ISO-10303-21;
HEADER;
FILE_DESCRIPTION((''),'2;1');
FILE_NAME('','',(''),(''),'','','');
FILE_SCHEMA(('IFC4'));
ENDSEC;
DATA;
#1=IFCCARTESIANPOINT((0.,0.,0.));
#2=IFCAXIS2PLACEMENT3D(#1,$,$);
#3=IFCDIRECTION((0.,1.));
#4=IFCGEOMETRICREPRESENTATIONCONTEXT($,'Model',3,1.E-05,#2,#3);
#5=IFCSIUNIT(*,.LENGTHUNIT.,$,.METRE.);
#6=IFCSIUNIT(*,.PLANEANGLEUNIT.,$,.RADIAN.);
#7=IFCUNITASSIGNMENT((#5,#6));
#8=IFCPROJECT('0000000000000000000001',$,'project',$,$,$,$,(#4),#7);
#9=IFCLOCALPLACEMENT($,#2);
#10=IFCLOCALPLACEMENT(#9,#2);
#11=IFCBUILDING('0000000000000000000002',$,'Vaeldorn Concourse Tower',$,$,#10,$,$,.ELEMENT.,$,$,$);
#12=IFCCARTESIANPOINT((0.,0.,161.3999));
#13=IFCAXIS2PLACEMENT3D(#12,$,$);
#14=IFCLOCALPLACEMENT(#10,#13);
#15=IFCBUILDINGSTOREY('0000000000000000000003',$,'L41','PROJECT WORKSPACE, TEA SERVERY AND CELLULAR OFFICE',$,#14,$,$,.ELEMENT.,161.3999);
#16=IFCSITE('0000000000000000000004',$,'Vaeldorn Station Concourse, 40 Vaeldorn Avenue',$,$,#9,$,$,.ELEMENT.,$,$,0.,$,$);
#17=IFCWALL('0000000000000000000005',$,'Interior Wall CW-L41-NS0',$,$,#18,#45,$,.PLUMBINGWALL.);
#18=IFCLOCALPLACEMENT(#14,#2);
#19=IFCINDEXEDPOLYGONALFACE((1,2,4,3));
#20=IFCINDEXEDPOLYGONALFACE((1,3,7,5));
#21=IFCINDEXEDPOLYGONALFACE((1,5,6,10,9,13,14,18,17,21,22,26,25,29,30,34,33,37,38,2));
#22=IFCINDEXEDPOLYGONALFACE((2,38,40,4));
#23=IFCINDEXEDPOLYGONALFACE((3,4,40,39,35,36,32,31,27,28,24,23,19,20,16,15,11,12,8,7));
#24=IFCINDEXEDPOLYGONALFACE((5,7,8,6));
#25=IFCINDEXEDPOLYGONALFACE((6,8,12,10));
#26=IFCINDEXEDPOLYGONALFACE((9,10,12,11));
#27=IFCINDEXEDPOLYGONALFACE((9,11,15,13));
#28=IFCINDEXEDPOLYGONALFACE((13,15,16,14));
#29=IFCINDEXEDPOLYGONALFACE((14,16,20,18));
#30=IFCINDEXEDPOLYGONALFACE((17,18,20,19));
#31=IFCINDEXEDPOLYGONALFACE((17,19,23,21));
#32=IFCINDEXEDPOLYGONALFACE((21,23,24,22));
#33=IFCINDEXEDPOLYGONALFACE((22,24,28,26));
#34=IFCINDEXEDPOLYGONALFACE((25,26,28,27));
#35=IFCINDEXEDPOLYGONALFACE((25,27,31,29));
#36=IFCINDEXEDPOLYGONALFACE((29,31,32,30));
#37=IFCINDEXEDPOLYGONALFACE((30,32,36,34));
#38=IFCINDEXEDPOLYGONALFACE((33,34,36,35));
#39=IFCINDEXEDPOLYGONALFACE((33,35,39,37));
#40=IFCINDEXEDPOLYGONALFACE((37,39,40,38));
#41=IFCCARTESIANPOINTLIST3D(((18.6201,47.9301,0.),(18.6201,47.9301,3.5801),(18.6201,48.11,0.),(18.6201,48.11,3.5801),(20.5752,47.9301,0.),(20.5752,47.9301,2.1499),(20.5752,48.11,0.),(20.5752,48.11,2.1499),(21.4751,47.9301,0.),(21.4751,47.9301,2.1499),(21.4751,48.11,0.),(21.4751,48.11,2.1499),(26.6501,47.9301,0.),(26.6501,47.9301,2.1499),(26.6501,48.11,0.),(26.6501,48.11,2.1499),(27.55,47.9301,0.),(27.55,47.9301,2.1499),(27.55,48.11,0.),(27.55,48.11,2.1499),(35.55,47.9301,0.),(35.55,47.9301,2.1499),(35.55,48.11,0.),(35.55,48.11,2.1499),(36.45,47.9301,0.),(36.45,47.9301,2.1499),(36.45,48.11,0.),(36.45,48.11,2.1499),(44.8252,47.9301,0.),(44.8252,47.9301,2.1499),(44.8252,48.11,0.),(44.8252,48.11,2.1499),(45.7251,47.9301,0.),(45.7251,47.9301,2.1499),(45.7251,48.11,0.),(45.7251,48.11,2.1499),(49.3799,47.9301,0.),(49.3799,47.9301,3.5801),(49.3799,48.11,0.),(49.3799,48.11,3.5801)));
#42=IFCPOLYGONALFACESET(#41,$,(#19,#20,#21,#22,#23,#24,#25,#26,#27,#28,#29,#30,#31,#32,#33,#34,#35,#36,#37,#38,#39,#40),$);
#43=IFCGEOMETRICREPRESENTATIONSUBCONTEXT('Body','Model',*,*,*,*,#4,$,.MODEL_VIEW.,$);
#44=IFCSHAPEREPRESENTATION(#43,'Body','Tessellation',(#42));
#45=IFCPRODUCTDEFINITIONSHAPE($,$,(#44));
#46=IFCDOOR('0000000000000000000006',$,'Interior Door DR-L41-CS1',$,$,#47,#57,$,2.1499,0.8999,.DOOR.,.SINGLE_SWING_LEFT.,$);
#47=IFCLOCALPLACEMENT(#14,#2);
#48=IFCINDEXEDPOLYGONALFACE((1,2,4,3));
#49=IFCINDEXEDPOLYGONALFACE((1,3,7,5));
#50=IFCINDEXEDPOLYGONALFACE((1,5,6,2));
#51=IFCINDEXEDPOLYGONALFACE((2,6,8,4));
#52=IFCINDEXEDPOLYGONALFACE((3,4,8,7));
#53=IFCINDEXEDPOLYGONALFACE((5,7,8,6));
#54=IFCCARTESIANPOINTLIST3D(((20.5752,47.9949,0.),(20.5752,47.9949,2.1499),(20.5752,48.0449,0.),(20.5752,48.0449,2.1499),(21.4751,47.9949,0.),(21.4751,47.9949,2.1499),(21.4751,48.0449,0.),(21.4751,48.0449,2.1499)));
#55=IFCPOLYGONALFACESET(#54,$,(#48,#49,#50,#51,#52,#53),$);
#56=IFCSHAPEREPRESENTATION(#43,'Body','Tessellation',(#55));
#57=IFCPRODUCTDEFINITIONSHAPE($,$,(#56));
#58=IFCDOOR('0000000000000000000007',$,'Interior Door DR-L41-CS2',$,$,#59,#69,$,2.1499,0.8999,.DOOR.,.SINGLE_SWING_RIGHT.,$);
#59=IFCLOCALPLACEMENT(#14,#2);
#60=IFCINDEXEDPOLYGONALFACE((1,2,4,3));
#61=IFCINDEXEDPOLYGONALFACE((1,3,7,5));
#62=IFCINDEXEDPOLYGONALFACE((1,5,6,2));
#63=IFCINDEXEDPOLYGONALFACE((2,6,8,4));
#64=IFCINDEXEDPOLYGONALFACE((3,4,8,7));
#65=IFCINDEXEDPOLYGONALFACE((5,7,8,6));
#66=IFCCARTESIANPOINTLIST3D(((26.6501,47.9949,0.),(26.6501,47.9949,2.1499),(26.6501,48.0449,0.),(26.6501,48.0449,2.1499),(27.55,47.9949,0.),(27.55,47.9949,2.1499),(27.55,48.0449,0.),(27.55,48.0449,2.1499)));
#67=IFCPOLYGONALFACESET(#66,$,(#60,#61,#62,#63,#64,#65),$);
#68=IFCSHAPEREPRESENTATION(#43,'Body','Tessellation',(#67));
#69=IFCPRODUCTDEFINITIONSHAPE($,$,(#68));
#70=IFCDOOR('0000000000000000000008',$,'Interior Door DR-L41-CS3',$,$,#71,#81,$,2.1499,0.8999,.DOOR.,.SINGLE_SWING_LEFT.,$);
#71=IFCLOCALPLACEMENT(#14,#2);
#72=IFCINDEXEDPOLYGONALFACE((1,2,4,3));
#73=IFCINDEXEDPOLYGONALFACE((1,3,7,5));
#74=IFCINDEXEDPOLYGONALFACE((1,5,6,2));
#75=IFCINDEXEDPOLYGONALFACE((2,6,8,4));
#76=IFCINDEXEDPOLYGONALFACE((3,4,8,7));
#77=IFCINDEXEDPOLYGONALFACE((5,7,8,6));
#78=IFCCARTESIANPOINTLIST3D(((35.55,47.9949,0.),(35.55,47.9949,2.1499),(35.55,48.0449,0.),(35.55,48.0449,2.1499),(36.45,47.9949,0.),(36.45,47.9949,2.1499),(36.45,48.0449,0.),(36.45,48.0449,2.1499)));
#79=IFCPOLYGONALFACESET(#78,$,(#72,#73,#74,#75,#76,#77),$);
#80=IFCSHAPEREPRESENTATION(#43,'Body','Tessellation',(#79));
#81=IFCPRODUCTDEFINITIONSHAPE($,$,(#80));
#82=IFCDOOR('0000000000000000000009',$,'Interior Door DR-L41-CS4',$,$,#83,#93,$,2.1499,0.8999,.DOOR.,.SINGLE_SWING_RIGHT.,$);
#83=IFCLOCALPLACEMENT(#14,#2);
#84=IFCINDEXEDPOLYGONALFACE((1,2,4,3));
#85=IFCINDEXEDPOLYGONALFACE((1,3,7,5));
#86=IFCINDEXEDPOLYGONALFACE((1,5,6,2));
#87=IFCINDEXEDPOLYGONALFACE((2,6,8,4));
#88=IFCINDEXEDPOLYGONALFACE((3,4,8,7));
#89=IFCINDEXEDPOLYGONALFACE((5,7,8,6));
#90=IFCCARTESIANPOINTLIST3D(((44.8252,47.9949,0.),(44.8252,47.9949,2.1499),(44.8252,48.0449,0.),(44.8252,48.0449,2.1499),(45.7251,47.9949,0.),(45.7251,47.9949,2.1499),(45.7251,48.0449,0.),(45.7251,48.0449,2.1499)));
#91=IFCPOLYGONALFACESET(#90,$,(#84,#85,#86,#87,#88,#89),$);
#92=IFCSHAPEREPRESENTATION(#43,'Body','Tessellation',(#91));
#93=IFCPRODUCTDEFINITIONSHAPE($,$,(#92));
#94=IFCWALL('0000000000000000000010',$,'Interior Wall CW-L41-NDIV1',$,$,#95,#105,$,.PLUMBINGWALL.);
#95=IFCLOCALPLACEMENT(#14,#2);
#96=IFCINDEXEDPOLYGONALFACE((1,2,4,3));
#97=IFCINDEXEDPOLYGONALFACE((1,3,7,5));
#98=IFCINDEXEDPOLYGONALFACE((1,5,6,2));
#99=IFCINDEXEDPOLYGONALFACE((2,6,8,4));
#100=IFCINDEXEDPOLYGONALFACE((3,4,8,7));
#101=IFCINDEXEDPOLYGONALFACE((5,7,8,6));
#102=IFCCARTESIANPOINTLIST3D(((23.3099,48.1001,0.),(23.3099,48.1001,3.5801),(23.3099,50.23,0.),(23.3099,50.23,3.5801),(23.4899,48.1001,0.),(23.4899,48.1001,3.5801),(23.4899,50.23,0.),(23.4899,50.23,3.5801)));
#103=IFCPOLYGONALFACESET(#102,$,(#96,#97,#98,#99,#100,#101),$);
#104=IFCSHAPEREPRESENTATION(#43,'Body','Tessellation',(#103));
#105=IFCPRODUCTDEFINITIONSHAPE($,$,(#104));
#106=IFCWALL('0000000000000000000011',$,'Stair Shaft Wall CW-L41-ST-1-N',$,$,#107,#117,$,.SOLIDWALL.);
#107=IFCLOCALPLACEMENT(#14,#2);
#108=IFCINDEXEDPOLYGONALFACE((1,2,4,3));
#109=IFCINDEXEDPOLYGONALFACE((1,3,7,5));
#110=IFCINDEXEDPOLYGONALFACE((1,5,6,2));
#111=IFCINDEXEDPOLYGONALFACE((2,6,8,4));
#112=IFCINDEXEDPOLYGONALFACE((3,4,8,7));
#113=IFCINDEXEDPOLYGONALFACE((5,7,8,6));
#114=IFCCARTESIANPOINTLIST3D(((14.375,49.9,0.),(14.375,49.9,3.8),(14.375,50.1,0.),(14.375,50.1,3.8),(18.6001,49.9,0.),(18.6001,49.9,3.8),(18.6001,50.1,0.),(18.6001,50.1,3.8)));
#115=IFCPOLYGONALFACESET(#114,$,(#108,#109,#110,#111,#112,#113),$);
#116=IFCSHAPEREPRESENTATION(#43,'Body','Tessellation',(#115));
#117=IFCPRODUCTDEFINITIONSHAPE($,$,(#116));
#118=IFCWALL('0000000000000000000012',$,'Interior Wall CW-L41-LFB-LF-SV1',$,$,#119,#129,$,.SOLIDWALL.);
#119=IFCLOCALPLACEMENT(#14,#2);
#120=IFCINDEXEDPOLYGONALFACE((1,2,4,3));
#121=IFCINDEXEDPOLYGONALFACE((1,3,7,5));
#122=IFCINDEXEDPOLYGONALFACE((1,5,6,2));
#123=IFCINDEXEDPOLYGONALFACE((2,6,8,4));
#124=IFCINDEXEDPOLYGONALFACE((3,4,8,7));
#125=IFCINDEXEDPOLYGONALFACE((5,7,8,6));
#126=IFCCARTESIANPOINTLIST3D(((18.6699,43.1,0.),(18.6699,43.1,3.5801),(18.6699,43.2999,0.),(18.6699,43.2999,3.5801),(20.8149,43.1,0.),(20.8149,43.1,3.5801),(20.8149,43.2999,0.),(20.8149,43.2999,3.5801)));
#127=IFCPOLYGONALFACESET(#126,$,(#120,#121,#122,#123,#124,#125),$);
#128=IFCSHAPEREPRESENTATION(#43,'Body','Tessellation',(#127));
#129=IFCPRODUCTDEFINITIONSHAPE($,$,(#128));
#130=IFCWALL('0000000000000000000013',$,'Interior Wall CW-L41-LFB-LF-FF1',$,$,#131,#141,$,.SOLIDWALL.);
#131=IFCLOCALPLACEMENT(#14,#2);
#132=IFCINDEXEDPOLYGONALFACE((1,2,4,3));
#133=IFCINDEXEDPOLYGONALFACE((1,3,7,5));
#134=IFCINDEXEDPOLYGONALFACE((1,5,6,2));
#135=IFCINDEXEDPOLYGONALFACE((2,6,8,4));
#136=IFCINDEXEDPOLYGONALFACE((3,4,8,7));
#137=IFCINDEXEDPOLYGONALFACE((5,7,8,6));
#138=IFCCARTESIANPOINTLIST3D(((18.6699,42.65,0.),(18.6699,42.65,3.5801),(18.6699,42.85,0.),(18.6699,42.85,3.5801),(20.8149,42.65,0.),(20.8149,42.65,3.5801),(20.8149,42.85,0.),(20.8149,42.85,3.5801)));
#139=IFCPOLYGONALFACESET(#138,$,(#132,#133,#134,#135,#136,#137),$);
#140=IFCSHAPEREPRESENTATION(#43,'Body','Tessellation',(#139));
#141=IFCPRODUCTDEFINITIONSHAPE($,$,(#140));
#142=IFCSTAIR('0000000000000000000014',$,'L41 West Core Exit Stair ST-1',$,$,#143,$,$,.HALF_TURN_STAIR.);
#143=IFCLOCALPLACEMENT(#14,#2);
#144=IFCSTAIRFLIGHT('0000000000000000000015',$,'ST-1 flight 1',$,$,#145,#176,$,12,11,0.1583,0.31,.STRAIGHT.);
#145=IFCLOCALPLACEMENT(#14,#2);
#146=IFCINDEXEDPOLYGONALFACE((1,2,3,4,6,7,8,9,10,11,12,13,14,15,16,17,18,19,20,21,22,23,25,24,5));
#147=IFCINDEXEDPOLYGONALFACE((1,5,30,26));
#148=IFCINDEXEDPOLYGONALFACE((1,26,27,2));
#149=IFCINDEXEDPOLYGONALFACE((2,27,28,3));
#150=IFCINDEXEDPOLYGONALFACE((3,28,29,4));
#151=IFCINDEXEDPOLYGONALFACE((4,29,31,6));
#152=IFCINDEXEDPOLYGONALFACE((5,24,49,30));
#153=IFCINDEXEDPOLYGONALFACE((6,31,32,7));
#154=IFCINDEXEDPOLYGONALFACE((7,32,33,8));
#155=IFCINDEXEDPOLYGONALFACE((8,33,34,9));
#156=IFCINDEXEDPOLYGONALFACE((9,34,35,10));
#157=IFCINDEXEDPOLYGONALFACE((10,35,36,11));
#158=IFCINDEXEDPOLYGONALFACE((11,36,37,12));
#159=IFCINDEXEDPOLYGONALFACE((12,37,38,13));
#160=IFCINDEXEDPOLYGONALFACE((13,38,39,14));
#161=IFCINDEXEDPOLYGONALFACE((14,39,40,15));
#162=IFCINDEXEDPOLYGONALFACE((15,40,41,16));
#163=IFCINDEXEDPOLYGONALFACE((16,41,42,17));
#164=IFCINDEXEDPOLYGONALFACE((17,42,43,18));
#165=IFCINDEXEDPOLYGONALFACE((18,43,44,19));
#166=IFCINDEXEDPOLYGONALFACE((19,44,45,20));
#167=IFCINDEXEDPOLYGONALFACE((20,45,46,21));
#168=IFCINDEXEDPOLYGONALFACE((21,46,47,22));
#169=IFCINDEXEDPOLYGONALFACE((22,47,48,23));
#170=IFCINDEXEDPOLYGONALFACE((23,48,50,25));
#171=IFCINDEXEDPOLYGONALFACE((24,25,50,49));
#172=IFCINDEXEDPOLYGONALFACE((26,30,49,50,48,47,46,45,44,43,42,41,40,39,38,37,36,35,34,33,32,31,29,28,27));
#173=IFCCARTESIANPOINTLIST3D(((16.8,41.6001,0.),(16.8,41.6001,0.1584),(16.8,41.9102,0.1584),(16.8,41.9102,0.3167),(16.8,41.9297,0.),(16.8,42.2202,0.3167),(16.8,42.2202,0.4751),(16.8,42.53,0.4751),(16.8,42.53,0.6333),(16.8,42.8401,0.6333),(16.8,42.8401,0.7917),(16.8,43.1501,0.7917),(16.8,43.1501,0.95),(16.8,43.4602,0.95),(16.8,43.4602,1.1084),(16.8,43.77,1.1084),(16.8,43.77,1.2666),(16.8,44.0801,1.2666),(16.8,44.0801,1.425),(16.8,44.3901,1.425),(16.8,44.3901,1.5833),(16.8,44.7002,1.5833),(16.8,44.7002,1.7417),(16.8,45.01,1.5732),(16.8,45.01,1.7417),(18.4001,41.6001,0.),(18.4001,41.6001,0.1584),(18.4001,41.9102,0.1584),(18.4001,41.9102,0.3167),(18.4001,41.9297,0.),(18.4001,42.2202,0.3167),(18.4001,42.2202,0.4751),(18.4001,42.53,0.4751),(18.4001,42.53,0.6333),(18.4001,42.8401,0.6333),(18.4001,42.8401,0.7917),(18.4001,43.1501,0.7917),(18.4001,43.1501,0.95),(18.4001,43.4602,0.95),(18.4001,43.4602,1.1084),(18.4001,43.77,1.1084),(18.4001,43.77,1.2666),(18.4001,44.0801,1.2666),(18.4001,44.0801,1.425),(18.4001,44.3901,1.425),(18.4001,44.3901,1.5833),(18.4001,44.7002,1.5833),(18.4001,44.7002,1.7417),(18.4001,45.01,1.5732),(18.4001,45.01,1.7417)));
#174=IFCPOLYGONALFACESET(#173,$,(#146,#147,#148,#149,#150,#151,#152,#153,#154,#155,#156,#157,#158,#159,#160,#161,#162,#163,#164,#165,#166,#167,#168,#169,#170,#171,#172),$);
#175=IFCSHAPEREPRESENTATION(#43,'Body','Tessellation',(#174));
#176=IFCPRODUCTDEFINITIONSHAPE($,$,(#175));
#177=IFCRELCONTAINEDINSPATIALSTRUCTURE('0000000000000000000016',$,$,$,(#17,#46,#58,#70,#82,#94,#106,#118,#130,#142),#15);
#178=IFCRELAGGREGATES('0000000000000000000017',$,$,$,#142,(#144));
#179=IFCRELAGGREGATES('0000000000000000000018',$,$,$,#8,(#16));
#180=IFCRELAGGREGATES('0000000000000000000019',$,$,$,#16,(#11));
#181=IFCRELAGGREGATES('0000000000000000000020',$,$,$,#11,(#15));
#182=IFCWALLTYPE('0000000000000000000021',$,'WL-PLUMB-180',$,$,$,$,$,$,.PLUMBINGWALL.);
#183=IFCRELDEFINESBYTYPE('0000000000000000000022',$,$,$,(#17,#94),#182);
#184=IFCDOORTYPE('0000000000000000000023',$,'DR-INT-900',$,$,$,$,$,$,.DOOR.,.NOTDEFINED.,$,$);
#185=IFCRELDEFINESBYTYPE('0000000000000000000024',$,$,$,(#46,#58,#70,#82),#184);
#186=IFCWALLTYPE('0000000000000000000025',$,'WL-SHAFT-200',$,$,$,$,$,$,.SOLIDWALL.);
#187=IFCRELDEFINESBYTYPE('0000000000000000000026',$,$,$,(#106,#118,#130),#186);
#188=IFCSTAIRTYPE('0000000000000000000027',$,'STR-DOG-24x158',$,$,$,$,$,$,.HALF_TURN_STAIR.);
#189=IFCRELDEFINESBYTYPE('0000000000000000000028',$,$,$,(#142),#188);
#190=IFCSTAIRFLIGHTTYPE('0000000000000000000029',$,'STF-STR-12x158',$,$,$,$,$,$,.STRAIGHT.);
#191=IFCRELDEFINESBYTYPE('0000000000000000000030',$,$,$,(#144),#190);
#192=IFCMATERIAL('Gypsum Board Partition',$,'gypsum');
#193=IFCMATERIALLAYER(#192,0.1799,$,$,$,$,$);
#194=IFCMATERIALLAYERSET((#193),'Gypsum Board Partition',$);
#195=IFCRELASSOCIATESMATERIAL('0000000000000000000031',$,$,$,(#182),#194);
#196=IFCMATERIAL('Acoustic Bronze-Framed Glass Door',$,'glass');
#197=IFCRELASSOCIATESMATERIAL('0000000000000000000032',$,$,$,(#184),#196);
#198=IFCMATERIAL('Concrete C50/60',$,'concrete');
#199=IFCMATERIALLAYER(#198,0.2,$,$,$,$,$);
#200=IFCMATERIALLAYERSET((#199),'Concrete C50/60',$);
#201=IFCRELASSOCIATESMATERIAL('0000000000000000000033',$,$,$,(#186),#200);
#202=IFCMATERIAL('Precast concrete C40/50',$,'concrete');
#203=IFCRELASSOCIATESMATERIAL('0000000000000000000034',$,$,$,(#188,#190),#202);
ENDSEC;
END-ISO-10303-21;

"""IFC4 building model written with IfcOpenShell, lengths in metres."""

from ifc_helpers import new_model, si_unit, direction, frame, frame_2d, origin, place, context, subcontext, project, spatial, polyline, rectangle, outline, extrude, source, transform, mapped, material, layer, layer_set, type_object, element, fill, aggregate, save


model = new_model("IFC4")

# Units and contexts
model_context = context("Model", 3, precision=1e-05, world=origin(), true_north=direction((0.0, 1.0)))
body_context = subcontext(model_context, "Body", "Model", "MODEL_VIEW")
ifc_project = project(units=[si_unit("LENGTHUNIT", "METRE"), si_unit("PLANEANGLEUNIT", "RADIAN")], contexts=[model_context])

# Site, building, storey
site_placement = place(None, origin())
site = spatial("IfcSite", under=ifc_project, at=site_placement, Name="Vaeldorn Station Concourse, 40 Vaeldorn Avenue", CompositionType="ELEMENT", RefElevation=0.0)
building_placement = place(site_placement, origin())
building = spatial("IfcBuilding", under=site, at=building_placement, Name="Vaeldorn Concourse Tower", CompositionType="ELEMENT")
storey_placement = place(building_placement, frame((0.0, 0.0, 161.3999)))
storey = spatial("IfcBuildingStorey", under=building, at=storey_placement, Name="L41", Description="PROJECT WORKSPACE, TEA SERVERY AND CELLULAR OFFICE", CompositionType="ELEMENT", Elevation=161.3999)

# Shared definitions
ifc_material_1 = material(Name="Gypsum Board Partition", Category="gypsum")

# Wall, openings, doors
ifc_layer_1 = layer(ifc_material_1, 0.1799)
ifc_layer_set_1 = layer_set([ifc_layer_1], Name="Gypsum Board Partition")
wall_type_1 = type_object("IfcWallType", Name="WL-PLUMB-180", PredefinedType="PLUMBINGWALL", material=ifc_layer_set_1)
wall_1_placement = place(storey_placement, frame((18.6201, 48.02, 0.0), z_axis=(0.0, 0.0, 1.0), x_axis=(1.0, 0.0, 0.0)))
wall_1 = element("IfcWall", 1, at=wall_1_placement, inside=storey, type_object=wall_type_1, Name="Interior Wall CW-L41-NS0", PredefinedType="PLUMBINGWALL", context=body_context, shape_type="SweptSolid", body=[
    extrude(rectangle(XDim=30.7598, YDim=0.1799, at=frame_2d((15.3799, 0.0))), origin(), (0.0, 0.0, 1.0), 3.5801),
])
opening_1_placement = place(wall_1_placement, frame((1.9551, 0.0, 0.0)))
opening_1 = element("IfcOpeningElement", 2, at=opening_1_placement, cuts=wall_1, PredefinedType="OPENING", context=body_context, shape_type="SweptSolid", body=[
    extrude(rectangle(XDim=0.8999, YDim=2.1499, at=frame_2d((0.45, 1.075))), frame((0.0, 0.1001, 0.0), z_axis=(0.0, -1.0, 0.0), x_axis=(1.0, 0.0, 0.0)), (0.0, 0.0, 1.0), 0.2),
])
opening_2_placement = place(wall_1_placement, frame((8.03, 0.0, 0.0)))
opening_2 = element("IfcOpeningElement", 3, at=opening_2_placement, cuts=wall_1, PredefinedType="OPENING", context=body_context, shape_type="SweptSolid", body=[
    extrude(rectangle(XDim=0.8999, YDim=2.1499, at=frame_2d((0.45, 1.075))), frame((0.0, 0.1001, 0.0), z_axis=(0.0, -1.0, 0.0), x_axis=(1.0, 0.0, 0.0)), (0.0, 0.0, 1.0), 0.2),
])
opening_3_placement = place(wall_1_placement, frame((16.9299, 0.0, 0.0)))
opening_3 = element("IfcOpeningElement", 4, at=opening_3_placement, cuts=wall_1, PredefinedType="OPENING", context=body_context, shape_type="SweptSolid", body=[
    extrude(rectangle(XDim=0.8999, YDim=2.1499, at=frame_2d((0.45, 1.075))), frame((0.0, 0.1001, 0.0), z_axis=(0.0, -1.0, 0.0), x_axis=(1.0, 0.0, 0.0)), (0.0, 0.0, 1.0), 0.2),
])
opening_4_placement = place(wall_1_placement, frame((26.2051, 0.0, 0.0)))
opening_4 = element("IfcOpeningElement", 5, at=opening_4_placement, cuts=wall_1, PredefinedType="OPENING", context=body_context, shape_type="SweptSolid", body=[
    extrude(rectangle(XDim=0.8999, YDim=2.1499, at=frame_2d((0.45, 1.075))), frame((0.0, 0.1001, 0.0), z_axis=(0.0, -1.0, 0.0), x_axis=(1.0, 0.0, 0.0)), (0.0, 0.0, 1.0), 0.2),
])
ifc_material_2 = material(Name="Acoustic Bronze-Framed Glass Door", Category="glass")
door_type_1 = type_object("IfcDoorType", Name="DR-INT-900", OperationType="NOTDEFINED", PredefinedType="DOOR", material=ifc_material_2)
shared_shape_1 = source(origin(), body_context, "Body", "SweptSolid", [
    extrude(rectangle(XDim=0.8999, YDim=2.1499, at=frame_2d((0.45, 1.075))), frame((0.0, 0.0249, 0.0), z_axis=(0.0, -1.0, 0.0), x_axis=(1.0, 0.0, 0.0)), (0.0, 0.0, 1.0), 0.05),
])
door_1_placement = place(opening_1_placement, origin())
door_1 = element("IfcDoor", 6, at=door_1_placement, inside=storey, type_object=door_type_1, Name="Interior Door DR-L41-CS1", OperationType="SINGLE_SWING_LEFT", OverallHeight=2.1499, OverallWidth=0.8999, PredefinedType="DOOR", context=body_context, shape_type="MappedRepresentation", body=[
    mapped(shared_shape_1, transform((0.0, 0.0, 0.0), scale=1.0)),
])
fill(opening_1, door_1)
door_2_placement = place(opening_2_placement, origin())
door_2 = element("IfcDoor", 7, at=door_2_placement, inside=storey, type_object=door_type_1, Name="Interior Door DR-L41-CS2", OperationType="SINGLE_SWING_RIGHT", OverallHeight=2.1499, OverallWidth=0.8999, PredefinedType="DOOR", context=body_context, shape_type="MappedRepresentation", body=[
    mapped(shared_shape_1, transform((0.0, 0.0, 0.0), scale=1.0)),
])
fill(opening_2, door_2)
door_3_placement = place(opening_3_placement, origin())
door_3 = element("IfcDoor", 8, at=door_3_placement, inside=storey, type_object=door_type_1, Name="Interior Door DR-L41-CS3", OperationType="SINGLE_SWING_LEFT", OverallHeight=2.1499, OverallWidth=0.8999, PredefinedType="DOOR", context=body_context, shape_type="MappedRepresentation", body=[
    mapped(shared_shape_1, transform((0.0, 0.0, 0.0), scale=1.0)),
])
fill(opening_3, door_3)
door_4_placement = place(opening_4_placement, origin())
door_4 = element("IfcDoor", 9, at=door_4_placement, inside=storey, type_object=door_type_1, Name="Interior Door DR-L41-CS4", OperationType="SINGLE_SWING_RIGHT", OverallHeight=2.1499, OverallWidth=0.8999, PredefinedType="DOOR", context=body_context, shape_type="MappedRepresentation", body=[
    mapped(shared_shape_1, transform((0.0, 0.0, 0.0), scale=1.0)),
])
fill(opening_4, door_4)

# Walls
wall_2_placement = place(storey_placement, frame((23.3999, 48.1001, 0.0), z_axis=(0.0, 0.0, 1.0), x_axis=(0.0, 1.0, 0.0)))
element("IfcWall", 10, at=wall_2_placement, inside=storey, type_object=wall_type_1, Name="Interior Wall CW-L41-NDIV1", PredefinedType="PLUMBINGWALL", context=body_context, shape_type="SweptSolid", body=[
    extrude(rectangle(XDim=2.1299, YDim=0.1799, at=frame_2d((1.0649, 0.0))), origin(), (0.0, 0.0, 1.0), 3.5801),
])
ifc_material_3 = material(Name="Concrete C50/60", Category="concrete")
ifc_layer_2 = layer(ifc_material_3, 0.2)
ifc_layer_set_2 = layer_set([ifc_layer_2], Name="Concrete C50/60")
wall_type_2 = type_object("IfcWallType", Name="WL-SHAFT-200", PredefinedType="SOLIDWALL", material=ifc_layer_set_2)
wall_3_placement = place(storey_placement, frame((14.375, 50.0, 0.0), z_axis=(0.0, 0.0, 1.0), x_axis=(1.0, 0.0, 0.0)))
element("IfcWall", 11, at=wall_3_placement, inside=storey, type_object=wall_type_2, Name="Stair Shaft Wall CW-L41-ST-1-N", PredefinedType="SOLIDWALL", context=body_context, shape_type="SweptSolid", body=[
    extrude(rectangle(XDim=4.2251, YDim=0.2, at=frame_2d((2.1125, 0.0))), origin(), (0.0, 0.0, 1.0), 3.8),
])

# Walls
for number, where, z_axis, x_axis, name in (
    (12, (18.6699, 43.2, 0.0), (0.0, 0.0, 1.0), (1.0, 0.0, 0.0), "Interior Wall CW-L41-LFB-LF-SV1"),
    (13, (18.6699, 42.75, 0.0), (0.0, 0.0, 1.0), (1.0, 0.0, 0.0), "Interior Wall CW-L41-LFB-LF-FF1"),
):
    element("IfcWall", number, at=place(storey_placement, frame(where, z_axis=z_axis, x_axis=x_axis)), inside=storey, type_object=wall_type_2, Name=name, PredefinedType="SOLIDWALL", context=body_context, shape_type="SweptSolid", body=[
        extrude(rectangle(XDim=2.145, YDim=0.2, at=frame_2d((1.0725, 0.0))), origin(), (0.0, 0.0, 1.0), 3.5801),
    ])

# Stair, stair flight
ifc_material_4 = material(Name="Precast concrete C40/50", Category="concrete")
stair_type = type_object("IfcStairType", Name="STR-DOG-24x158", PredefinedType="HALF_TURN_STAIR", material=ifc_material_4)
stair_placement = place(storey_placement, origin())
stair = element("IfcStair", 14, at=stair_placement, inside=storey, type_object=stair_type, Name="L41 West Core Exit Stair ST-1", PredefinedType="HALF_TURN_STAIR")
stair_flight_type = type_object("IfcStairFlightType", Name="STF-STR-12x158", PredefinedType="STRAIGHT", material=ifc_material_4)
stair_flight_1_placement = place(storey_placement, frame((17.6001, 41.6001, 0.0), z_axis=(0.0, 0.0, 1.0), x_axis=(0.0, 1.0, 0.0)))
stair_flight_1 = element("IfcStairFlight", 15, at=stair_flight_1_placement, type_object=stair_flight_type, Name="ST-1 flight 1", NumberOfRisers=12, NumberOfTreads=11, PredefinedType="STRAIGHT", RiserHeight=0.1583, TreadLength=0.31, context=body_context, shape_type="SweptSolid", body=[
    extrude(outline(polyline([(0.0, 0.0), (0.0, 0.1584), (0.3101, 0.1584), (0.3101, 0.3167), (0.6201, 0.3167), (0.6201, 0.4751), (0.9299, 0.4751), (0.9299, 0.6333), (1.24, 0.6333), (1.24, 0.7917), (1.55, 0.7917), (1.55, 0.95), (1.8601, 0.95), (1.8601, 1.1084), (2.1699, 1.1084), (2.1699, 1.2666), (2.48, 1.2666), (2.48, 1.425), (2.79, 1.425), (2.79, 1.5833), (3.1001, 1.5833), (3.1001, 1.7417), (3.4099, 1.7417), (3.4099, 1.8999), (3.4099, 1.5732), (0.3296, 0.0), (0.0, 0.0)])), frame((0.0, 0.8, 0.0), z_axis=(0.0, -1.0, 0.0), x_axis=(1.0, 0.0, 0.0)), (0.0, 0.0, 1.0), 1.6001),
])
aggregate(stair, [stair_flight_1])

save(model, "model.ifc")
